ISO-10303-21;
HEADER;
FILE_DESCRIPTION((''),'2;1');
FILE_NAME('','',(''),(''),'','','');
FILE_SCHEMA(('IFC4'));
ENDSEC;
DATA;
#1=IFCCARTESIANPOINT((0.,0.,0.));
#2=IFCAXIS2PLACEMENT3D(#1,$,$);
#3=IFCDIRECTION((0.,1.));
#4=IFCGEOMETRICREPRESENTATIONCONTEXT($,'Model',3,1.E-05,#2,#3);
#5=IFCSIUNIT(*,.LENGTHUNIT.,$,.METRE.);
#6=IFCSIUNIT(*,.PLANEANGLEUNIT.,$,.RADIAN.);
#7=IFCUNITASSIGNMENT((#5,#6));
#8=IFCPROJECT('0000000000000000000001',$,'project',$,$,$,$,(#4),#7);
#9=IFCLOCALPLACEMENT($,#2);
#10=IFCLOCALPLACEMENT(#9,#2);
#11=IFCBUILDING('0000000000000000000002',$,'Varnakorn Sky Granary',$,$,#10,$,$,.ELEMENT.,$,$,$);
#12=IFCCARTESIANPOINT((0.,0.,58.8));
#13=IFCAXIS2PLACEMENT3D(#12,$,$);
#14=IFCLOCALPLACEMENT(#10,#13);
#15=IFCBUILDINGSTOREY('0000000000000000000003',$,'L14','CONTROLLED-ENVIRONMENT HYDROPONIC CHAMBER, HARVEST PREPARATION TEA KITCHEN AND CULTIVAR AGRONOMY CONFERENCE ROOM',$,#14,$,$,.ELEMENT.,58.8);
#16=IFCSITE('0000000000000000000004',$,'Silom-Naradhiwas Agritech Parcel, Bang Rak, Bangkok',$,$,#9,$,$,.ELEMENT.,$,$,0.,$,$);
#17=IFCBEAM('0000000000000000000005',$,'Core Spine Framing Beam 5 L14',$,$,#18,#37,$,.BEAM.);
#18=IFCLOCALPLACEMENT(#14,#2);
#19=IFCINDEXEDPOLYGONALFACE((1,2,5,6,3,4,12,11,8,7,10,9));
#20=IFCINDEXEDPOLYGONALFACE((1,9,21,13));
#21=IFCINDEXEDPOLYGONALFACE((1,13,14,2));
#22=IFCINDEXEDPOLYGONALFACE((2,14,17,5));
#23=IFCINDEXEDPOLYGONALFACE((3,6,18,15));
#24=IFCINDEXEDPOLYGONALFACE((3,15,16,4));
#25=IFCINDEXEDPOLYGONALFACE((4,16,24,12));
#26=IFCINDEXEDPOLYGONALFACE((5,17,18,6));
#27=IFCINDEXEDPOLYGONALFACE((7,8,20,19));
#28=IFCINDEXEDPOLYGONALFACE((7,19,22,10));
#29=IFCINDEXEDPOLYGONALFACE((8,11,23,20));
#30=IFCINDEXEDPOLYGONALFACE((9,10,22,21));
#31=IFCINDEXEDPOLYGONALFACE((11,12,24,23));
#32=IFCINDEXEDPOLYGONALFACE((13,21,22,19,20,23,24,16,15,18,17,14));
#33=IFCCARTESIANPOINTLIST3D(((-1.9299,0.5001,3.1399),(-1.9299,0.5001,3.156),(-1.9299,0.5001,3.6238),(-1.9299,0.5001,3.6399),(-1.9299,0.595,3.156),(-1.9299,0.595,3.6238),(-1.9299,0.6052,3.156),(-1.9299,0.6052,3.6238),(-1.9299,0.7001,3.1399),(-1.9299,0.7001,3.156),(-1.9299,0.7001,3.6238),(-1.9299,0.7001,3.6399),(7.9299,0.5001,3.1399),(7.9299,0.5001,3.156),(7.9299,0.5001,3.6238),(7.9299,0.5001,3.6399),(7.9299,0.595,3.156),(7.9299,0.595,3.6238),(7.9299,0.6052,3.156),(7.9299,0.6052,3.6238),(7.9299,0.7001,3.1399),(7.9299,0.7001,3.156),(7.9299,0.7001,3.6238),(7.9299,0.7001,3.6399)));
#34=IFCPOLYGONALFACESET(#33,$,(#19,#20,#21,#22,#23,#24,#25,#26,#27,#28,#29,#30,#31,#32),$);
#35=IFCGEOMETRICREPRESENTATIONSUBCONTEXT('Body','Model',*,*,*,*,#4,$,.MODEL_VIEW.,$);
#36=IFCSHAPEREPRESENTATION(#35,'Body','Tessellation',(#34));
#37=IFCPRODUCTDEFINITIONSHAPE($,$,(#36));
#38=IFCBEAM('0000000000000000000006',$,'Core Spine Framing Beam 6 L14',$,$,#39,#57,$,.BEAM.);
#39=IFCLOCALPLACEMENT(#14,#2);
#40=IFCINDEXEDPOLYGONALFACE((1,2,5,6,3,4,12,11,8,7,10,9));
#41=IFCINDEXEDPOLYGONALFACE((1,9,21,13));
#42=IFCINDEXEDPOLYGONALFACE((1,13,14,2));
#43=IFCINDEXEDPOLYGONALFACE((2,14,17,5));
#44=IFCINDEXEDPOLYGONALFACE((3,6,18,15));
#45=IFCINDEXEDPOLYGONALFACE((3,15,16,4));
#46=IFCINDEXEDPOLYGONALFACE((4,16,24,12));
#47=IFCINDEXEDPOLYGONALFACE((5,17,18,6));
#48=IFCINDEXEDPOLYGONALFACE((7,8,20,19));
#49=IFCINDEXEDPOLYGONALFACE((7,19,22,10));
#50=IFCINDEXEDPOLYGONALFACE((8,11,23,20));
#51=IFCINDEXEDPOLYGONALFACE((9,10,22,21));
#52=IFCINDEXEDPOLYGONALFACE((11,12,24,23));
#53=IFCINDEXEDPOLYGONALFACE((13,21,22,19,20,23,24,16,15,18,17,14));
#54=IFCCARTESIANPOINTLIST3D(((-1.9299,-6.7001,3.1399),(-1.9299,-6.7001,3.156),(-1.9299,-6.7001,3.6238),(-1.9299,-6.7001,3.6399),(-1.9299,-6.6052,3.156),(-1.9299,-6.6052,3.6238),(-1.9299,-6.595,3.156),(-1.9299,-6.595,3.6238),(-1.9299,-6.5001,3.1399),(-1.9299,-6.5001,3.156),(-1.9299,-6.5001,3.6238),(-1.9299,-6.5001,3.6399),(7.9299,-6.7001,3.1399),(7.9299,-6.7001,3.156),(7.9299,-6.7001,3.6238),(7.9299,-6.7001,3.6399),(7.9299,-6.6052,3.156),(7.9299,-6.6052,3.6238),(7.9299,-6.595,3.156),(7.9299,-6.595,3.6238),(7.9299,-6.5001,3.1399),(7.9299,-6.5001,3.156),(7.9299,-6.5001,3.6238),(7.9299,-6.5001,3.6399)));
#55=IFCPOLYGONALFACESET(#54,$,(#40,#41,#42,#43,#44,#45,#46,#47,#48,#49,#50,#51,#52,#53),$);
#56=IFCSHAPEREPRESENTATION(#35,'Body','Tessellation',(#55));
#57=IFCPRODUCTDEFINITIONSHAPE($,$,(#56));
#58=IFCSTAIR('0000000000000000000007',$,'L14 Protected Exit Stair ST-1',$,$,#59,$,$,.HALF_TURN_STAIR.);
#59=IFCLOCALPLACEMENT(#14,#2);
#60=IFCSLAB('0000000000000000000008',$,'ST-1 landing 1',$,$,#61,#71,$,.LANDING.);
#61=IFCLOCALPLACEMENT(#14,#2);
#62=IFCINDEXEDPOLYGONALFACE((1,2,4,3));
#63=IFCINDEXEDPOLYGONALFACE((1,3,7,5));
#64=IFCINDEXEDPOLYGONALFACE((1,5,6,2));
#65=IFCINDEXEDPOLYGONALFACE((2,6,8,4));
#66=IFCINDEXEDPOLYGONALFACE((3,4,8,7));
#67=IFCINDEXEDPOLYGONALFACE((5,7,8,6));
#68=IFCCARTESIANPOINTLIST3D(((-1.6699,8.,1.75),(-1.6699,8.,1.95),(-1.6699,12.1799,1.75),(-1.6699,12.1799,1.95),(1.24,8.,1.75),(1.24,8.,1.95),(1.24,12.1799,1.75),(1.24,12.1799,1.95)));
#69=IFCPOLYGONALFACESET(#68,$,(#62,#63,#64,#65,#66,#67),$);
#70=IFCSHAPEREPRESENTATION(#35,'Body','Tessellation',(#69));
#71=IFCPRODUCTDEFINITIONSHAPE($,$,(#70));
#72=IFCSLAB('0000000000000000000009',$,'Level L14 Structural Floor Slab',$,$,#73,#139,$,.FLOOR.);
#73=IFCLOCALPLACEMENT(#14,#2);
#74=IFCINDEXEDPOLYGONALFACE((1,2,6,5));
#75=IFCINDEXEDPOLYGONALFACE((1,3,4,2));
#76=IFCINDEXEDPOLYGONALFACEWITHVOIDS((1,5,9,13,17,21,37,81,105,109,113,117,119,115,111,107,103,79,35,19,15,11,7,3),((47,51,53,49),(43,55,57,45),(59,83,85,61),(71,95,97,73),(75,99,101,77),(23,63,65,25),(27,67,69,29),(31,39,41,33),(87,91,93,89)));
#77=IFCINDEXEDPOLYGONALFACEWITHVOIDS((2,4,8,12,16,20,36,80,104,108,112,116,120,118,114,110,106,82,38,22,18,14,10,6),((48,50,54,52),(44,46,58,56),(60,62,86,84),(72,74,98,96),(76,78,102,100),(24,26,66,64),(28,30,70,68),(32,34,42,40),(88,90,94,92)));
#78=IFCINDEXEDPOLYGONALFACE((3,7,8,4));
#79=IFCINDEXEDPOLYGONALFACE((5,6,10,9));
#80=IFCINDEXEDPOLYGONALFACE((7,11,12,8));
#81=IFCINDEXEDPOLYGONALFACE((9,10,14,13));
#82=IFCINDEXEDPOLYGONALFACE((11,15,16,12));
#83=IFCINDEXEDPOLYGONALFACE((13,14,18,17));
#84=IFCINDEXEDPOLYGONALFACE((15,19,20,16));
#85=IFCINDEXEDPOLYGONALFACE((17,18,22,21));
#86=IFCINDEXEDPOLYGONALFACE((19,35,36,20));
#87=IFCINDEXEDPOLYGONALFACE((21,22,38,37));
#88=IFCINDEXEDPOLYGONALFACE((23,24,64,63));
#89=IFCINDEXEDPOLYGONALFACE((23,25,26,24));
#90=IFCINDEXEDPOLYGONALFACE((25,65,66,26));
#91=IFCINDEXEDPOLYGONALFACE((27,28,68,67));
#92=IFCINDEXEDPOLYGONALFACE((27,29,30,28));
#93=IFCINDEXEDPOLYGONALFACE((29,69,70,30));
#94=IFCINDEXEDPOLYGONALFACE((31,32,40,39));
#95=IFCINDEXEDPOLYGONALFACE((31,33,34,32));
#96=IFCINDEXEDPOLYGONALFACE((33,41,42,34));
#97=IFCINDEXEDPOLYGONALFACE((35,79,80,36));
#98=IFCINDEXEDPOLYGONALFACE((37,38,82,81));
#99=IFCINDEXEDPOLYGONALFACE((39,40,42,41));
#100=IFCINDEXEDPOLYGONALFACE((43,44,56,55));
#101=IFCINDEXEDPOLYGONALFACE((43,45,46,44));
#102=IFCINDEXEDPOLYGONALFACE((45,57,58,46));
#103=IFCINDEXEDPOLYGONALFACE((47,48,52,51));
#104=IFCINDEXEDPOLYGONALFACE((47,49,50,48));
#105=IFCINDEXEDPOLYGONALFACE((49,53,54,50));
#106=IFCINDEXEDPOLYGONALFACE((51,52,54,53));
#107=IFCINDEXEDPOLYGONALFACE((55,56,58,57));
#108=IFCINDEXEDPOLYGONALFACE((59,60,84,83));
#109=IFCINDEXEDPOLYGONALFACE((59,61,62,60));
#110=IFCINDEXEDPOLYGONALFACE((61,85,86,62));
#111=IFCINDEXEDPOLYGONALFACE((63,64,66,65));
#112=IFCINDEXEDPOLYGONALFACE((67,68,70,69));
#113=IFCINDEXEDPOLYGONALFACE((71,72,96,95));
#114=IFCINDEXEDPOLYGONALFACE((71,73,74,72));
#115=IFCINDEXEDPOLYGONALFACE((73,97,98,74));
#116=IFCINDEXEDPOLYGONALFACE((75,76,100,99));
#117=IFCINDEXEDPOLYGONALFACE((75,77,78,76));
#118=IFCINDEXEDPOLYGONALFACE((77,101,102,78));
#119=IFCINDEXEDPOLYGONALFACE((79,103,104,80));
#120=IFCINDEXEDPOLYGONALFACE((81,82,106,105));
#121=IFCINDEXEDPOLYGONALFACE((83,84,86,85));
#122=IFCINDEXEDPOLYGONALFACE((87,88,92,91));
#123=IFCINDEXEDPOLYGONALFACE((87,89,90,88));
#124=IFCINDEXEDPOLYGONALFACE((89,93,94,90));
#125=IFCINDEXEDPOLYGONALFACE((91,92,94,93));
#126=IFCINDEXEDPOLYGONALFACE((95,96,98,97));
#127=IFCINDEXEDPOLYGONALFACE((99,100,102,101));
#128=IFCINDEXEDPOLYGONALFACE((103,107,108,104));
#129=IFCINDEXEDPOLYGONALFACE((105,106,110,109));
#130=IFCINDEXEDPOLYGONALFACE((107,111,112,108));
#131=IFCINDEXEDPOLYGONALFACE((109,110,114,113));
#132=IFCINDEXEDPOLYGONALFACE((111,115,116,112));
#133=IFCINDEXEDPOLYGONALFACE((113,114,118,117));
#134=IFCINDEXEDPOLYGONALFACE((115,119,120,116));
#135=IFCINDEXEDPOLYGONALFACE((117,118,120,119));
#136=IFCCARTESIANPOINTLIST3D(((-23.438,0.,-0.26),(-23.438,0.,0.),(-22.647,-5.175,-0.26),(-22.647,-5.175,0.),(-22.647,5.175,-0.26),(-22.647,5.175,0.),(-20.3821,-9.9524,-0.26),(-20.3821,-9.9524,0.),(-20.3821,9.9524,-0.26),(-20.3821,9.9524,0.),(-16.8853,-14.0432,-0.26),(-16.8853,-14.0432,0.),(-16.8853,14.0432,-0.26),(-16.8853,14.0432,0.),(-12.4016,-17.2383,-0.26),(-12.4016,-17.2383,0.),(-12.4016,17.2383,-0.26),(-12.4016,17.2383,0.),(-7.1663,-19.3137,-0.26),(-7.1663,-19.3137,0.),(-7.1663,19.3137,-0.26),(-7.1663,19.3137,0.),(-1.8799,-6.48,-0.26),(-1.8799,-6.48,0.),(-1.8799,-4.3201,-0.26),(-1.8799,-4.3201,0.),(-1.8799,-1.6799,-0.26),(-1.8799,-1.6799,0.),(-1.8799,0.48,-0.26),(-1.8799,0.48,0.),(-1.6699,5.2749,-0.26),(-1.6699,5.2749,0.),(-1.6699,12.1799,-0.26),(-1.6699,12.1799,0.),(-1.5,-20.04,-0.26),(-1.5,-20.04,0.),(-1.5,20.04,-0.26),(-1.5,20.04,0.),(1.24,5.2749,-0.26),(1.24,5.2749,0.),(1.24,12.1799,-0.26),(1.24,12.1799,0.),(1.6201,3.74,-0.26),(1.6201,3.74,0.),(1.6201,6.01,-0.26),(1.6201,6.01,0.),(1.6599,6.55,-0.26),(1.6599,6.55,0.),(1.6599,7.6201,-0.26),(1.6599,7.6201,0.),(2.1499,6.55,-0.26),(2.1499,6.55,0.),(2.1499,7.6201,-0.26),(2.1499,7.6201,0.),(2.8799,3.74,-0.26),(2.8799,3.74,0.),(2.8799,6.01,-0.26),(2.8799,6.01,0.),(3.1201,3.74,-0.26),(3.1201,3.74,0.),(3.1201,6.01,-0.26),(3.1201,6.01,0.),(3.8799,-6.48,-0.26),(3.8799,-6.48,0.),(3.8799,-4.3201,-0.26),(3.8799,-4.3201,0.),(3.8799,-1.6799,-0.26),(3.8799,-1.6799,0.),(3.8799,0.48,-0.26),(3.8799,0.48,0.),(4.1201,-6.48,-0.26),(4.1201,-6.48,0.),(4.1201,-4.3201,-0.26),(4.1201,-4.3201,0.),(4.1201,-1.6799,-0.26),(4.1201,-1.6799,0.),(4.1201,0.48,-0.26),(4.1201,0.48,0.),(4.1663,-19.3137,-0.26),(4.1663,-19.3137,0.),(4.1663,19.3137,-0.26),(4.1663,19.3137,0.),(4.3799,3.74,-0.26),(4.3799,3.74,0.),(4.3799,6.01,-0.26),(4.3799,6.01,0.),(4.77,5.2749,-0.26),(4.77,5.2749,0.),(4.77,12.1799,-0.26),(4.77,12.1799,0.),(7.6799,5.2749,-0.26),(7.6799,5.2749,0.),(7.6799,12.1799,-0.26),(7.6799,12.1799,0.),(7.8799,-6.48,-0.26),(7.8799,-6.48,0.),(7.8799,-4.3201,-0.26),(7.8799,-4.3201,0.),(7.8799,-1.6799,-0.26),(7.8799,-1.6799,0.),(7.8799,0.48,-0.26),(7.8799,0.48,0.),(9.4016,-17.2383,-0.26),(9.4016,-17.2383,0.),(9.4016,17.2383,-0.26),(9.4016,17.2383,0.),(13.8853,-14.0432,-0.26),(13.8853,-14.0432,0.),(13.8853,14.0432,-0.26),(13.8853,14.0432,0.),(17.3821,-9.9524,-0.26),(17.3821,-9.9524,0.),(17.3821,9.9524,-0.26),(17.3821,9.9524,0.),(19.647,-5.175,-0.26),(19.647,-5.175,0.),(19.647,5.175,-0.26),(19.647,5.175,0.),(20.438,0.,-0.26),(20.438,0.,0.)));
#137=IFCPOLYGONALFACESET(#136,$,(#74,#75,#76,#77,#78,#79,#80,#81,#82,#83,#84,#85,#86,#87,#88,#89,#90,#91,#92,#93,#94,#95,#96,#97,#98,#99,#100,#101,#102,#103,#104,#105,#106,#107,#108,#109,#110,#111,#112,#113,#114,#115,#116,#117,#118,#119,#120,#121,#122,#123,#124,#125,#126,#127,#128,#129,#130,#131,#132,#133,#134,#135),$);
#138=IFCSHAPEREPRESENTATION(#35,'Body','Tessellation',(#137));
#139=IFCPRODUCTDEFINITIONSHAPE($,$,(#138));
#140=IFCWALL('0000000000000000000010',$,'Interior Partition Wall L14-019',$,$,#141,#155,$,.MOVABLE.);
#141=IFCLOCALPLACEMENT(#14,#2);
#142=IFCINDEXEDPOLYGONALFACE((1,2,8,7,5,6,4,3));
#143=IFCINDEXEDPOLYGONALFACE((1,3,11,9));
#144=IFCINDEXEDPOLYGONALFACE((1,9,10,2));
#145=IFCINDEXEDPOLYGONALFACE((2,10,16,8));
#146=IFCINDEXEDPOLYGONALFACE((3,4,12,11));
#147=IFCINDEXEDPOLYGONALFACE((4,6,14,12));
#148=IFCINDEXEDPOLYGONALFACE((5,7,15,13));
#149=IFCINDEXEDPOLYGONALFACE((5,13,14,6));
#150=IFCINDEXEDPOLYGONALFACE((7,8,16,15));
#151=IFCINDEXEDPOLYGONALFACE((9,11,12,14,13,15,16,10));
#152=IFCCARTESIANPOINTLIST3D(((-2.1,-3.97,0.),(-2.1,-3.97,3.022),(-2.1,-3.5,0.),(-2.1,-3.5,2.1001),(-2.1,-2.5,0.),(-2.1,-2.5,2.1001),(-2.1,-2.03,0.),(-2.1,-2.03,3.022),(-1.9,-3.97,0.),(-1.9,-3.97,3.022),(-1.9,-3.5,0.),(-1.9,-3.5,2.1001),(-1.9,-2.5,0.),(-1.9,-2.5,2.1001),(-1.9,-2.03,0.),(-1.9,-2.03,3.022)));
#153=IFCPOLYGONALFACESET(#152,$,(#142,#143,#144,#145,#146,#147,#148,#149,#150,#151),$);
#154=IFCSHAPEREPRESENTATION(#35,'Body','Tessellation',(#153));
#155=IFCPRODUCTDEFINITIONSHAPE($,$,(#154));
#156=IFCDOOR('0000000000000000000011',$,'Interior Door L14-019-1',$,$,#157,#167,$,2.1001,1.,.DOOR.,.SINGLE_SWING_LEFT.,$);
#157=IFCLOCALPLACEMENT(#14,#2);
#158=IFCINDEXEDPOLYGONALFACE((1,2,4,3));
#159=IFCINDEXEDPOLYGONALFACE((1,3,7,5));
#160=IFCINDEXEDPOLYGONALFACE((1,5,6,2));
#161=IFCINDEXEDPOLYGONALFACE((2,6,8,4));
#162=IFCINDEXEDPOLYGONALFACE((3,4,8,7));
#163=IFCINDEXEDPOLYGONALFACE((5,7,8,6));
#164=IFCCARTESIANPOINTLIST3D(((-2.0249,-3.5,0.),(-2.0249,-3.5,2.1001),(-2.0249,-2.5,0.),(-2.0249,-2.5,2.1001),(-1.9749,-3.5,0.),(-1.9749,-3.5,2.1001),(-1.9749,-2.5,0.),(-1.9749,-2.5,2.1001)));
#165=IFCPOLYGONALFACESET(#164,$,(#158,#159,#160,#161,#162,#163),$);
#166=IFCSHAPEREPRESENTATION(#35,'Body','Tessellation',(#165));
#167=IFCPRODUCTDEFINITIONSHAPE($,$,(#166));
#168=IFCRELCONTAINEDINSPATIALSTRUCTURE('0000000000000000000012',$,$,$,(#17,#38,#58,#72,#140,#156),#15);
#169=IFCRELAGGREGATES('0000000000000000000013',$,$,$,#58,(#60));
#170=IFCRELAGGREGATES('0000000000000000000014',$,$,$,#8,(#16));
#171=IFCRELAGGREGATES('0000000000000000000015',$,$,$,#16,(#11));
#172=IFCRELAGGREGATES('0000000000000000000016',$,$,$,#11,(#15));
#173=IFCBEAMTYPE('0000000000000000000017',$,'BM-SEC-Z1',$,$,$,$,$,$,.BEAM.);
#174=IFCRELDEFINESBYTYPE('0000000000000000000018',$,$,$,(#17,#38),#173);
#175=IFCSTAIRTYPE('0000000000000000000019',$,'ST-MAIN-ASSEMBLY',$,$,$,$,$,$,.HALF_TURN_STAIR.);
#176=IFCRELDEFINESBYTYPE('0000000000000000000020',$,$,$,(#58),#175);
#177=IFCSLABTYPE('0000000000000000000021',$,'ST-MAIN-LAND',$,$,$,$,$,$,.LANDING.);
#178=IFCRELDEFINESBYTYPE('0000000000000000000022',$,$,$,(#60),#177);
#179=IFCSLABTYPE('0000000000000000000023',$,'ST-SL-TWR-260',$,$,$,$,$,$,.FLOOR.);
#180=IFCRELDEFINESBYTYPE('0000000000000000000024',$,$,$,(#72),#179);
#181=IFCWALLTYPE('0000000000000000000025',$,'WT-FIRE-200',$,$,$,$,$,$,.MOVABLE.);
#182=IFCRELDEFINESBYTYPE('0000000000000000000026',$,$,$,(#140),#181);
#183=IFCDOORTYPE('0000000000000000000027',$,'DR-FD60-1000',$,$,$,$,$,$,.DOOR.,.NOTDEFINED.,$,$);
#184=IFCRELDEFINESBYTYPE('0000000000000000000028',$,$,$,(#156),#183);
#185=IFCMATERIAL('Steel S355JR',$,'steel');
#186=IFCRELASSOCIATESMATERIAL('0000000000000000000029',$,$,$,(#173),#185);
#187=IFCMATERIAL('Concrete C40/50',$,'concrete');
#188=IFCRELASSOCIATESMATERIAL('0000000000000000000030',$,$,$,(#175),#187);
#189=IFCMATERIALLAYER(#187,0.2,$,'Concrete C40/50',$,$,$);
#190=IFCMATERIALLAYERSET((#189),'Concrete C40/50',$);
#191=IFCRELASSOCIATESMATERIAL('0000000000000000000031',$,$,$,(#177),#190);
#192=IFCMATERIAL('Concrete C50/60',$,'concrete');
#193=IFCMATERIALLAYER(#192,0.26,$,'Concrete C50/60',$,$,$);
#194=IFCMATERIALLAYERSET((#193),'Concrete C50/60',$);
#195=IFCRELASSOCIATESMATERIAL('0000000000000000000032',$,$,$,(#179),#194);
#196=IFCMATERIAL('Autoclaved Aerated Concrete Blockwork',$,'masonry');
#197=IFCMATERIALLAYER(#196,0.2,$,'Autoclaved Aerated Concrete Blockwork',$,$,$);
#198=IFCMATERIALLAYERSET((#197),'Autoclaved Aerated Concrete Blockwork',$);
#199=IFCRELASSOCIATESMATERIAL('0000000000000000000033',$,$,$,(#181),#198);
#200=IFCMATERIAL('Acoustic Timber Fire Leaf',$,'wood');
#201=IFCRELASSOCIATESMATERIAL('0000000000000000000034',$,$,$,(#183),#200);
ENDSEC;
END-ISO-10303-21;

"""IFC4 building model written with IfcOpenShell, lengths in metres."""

from ifc_helpers import new_model, si_unit, direction, frame, frame_2d, origin, origin_2d, place, context, subcontext, project, spatial, polyline, rectangle, i_section, outline, extrude, material, layer, layer_set, material_profile, profile_set, type_object, element, fill, aggregate, save


model = new_model("IFC4")

# Units and contexts
model_context = context("Model", 3, precision=1e-05, world=origin(), true_north=direction((0.0, 1.0)))
body_context = subcontext(model_context, "Body", "Model", "MODEL_VIEW")
ifc_project = project(units=[si_unit("LENGTHUNIT", "METRE"), si_unit("PLANEANGLEUNIT", "RADIAN")], contexts=[model_context])

# Site, building, storey
site_placement = place(None, origin())
site = spatial("IfcSite", under=ifc_project, at=site_placement, Name="Silom-Naradhiwas Agritech Parcel, Bang Rak, Bangkok", CompositionType="ELEMENT", RefElevation=0.0)
building_placement = place(site_placement, origin())
building = spatial("IfcBuilding", under=site, at=building_placement, Name="Varnakorn Sky Granary", CompositionType="ELEMENT")
storey_placement = place(building_placement, frame((0.0, 0.0, 58.8)))
storey = spatial("IfcBuildingStorey", under=building, at=storey_placement, Name="L14", Description="CONTROLLED-ENVIRONMENT HYDROPONIC CHAMBER, HARVEST PREPARATION TEA KITCHEN AND CULTIVAR AGRONOMY CONFERENCE ROOM", CompositionType="ELEMENT", Elevation=58.8)

# Beams
ifc_material_1 = material(Name="Steel S355JR", Category="steel")
ifc_material_profile_1 = material_profile(ifc_material_1, i_section(OverallWidth=0.2, OverallDepth=0.5, WebThickness=0.0103, FlangeThickness=0.0161, at=origin_2d()), Name="IPE 500")
ifc_profile_set_1 = profile_set([ifc_material_profile_1], Name="Steel S355JR")
beam_type_1 = type_object("IfcBeamType", Name="BM-SEC-Z1", PredefinedType="BEAM", material=ifc_profile_set_1)
for number, where, z_axis, x_axis, name in (
    (1, (-1.9299, 0.6001, 3.3899), (1.0, 0.0, 0.0), (0.0, 1.0, 0.0), "Core Spine Framing Beam 5 L14"),
    (2, (-1.9299, -6.6001, 3.3899), (1.0, 0.0, 0.0), (0.0, 1.0, 0.0), "Core Spine Framing Beam 6 L14"),
):
    element("IfcBeam", number, at=place(storey_placement, frame(where, z_axis=z_axis, x_axis=x_axis)), inside=storey, type_object=beam_type_1, Name=name, PredefinedType="BEAM", context=body_context, shape_type="SweptSolid", body=[
        extrude(i_section(OverallWidth=0.2, OverallDepth=0.5, WebThickness=0.0103, FlangeThickness=0.0161, at=origin_2d()), origin(), (0.0, 0.0, 1.0), 9.8599),
    ])

# Stair, slab
ifc_material_2 = material(Name="Concrete C40/50", Category="concrete")
stair_type = type_object("IfcStairType", Name="ST-MAIN-ASSEMBLY", PredefinedType="HALF_TURN_STAIR", material=ifc_material_2)
stair_placement = place(storey_placement, origin())
stair = element("IfcStair", 3, at=stair_placement, inside=storey, type_object=stair_type, Name="L14 Protected Exit Stair ST-1", PredefinedType="HALF_TURN_STAIR")
ifc_layer_1 = layer(ifc_material_2, 0.2, Name="Concrete C40/50")
ifc_layer_set_1 = layer_set([ifc_layer_1], Name="Concrete C40/50")
slab_type_1 = type_object("IfcSlabType", Name="ST-MAIN-LAND", PredefinedType="LANDING", material=ifc_layer_set_1)
slab_1_placement = place(storey_placement, frame((0.0, 0.0, 1.75)))
slab_1 = element("IfcSlab", 4, at=slab_1_placement, type_object=slab_type_1, Name="ST-1 landing 1", PredefinedType="LANDING", context=body_context, shape_type="SweptSolid", body=[
    extrude(outline(polyline([(1.24, 8.0), (1.24, 12.1799), (-1.6699, 12.1799), (-1.6699, 8.0), (1.24, 8.0)])), origin(), (0.0, 0.0, 1.0), 0.2),
])
aggregate(stair, [slab_1])

# Slab
ifc_material_3 = material(Name="Concrete C50/60", Category="concrete")
ifc_layer_2 = layer(ifc_material_3, 0.26, Name="Concrete C50/60")
ifc_layer_set_2 = layer_set([ifc_layer_2], Name="Concrete C50/60")
slab_type_2 = type_object("IfcSlabType", Name="ST-SL-TWR-260", PredefinedType="FLOOR", material=ifc_layer_set_2)
slab_2_placement = place(storey_placement, frame((0.0, 0.0, -0.26)))
element("IfcSlab", 5, at=slab_2_placement, inside=storey, type_object=slab_type_2, Name="Level L14 Structural Floor Slab", PredefinedType="FLOOR", context=body_context, shape_type="SweptSolid", body=[
    extrude(outline(polyline([(20.438, 0.0), (19.647, 5.175), (17.3821, 9.9524), (13.8853, 14.0432), (9.4016, 17.2383), (4.1663, 19.3137), (-1.5, 20.04), (-7.1663, 19.3137), (-12.4016, 17.2383), (-16.8853, 14.0432), (-20.3821, 9.9524), (-22.647, 5.175), (-23.438, 0.0), (-22.647, -5.175), (-20.3821, -9.9524), (-16.8853, -14.0432), (-12.4016, -17.2383), (-7.1663, -19.3137), (-1.5, -20.04), (4.1663, -19.3137), (9.4016, -17.2383), (13.8853, -14.0432), (17.3821, -9.9524), (19.647, -5.175), (20.438, 0.0)]), holes=[polyline([(1.24, 5.2749), (1.24, 12.1799), (-1.6699, 12.1799), (-1.6699, 5.2749), (1.24, 5.2749)]), polyline([(7.6799, 5.2749), (7.6799, 12.1799), (4.77, 12.1799), (4.77, 5.2749), (7.6799, 5.2749)]), polyline([(1.6599, 6.55), (2.1499, 6.55), (2.1499, 7.6201), (1.6599, 7.6201), (1.6599, 6.55)]), polyline([(1.6201, 3.74), (2.8799, 3.74), (2.8799, 6.01), (1.6201, 6.01), (1.6201, 3.74)]), polyline([(3.1201, 3.74), (4.3799, 3.74), (4.3799, 6.01), (3.1201, 6.01), (3.1201, 3.74)]), polyline([(-1.8799, -1.6799), (3.8799, -1.6799), (3.8799, 0.48), (-1.8799, 0.48), (-1.8799, -1.6799)]), polyline([(4.1201, -1.6799), (7.8799, -1.6799), (7.8799, 0.48), (4.1201, 0.48), (4.1201, -1.6799)]), polyline([(-1.8799, -6.48), (3.8799, -6.48), (3.8799, -4.3201), (-1.8799, -4.3201), (-1.8799, -6.48)]), polyline([(4.1201, -6.48), (7.8799, -6.48), (7.8799, -4.3201), (4.1201, -4.3201), (4.1201, -6.48)])]), origin(), (0.0, 0.0, 1.0), 0.26),
])

# Wall, opening, door
ifc_material_4 = material(Name="Autoclaved Aerated Concrete Blockwork", Category="masonry")
ifc_layer_3 = layer(ifc_material_4, 0.2, Name="Autoclaved Aerated Concrete Blockwork")
ifc_layer_set_3 = layer_set([ifc_layer_3], Name="Autoclaved Aerated Concrete Blockwork")
wall_type_1 = type_object("IfcWallType", Name="WT-FIRE-200", PredefinedType="MOVABLE", material=ifc_layer_set_3)
wall_1_placement = place(storey_placement, frame((-2.0, -3.97, 0.0), z_axis=(0.0, 0.0, 1.0), x_axis=(0.0, 1.0, 0.0)))
wall_1 = element("IfcWall", 6, at=wall_1_placement, inside=storey, type_object=wall_type_1, Name="Interior Partition Wall L14-019", PredefinedType="MOVABLE", context=body_context, shape_type="SweptSolid", body=[
    extrude(rectangle(XDim=1.9399, YDim=0.2, at=frame_2d((0.97, 0.0))), origin(), (0.0, 0.0, 1.0), 3.022),
])
opening_1_placement = place(wall_1_placement, frame((0.47, 0.0, 0.0)))
opening_1 = element("IfcOpeningElement", 7, at=opening_1_placement, cuts=wall_1, PredefinedType="OPENING", context=body_context, shape_type="SweptSolid", body=[
    extrude(rectangle(XDim=1.0, YDim=2.1001, at=frame_2d((0.5, 1.05))), frame((0.0, 0.1099, 0.0), z_axis=(0.0, -1.0, 0.0), x_axis=(1.0, 0.0, 0.0)), (0.0, 0.0, 1.0), 0.22),
])
ifc_material_5 = material(Name="Acoustic Timber Fire Leaf", Category="wood")
door_type_1 = type_object("IfcDoorType", Name="DR-FD60-1000", OperationType="NOTDEFINED", PredefinedType="DOOR", material=ifc_material_5)
door_1_placement = place(opening_1_placement, origin())
door_1 = element("IfcDoor", 8, at=door_1_placement, inside=storey, type_object=door_type_1, Name="Interior Door L14-019-1", OperationType="SINGLE_SWING_LEFT", OverallHeight=2.1001, OverallWidth=1.0, PredefinedType="DOOR", context=body_context, shape_type="SweptSolid", body=[
    extrude(rectangle(XDim=1.0, YDim=2.1001, at=frame_2d((0.5, 1.05))), frame((0.0, 0.0249, 0.0), z_axis=(0.0, -1.0, 0.0), x_axis=(1.0, 0.0, 0.0)), (0.0, 0.0, 1.0), 0.05),
])
fill(opening_1, door_1)

save(model, "model.ifc")
